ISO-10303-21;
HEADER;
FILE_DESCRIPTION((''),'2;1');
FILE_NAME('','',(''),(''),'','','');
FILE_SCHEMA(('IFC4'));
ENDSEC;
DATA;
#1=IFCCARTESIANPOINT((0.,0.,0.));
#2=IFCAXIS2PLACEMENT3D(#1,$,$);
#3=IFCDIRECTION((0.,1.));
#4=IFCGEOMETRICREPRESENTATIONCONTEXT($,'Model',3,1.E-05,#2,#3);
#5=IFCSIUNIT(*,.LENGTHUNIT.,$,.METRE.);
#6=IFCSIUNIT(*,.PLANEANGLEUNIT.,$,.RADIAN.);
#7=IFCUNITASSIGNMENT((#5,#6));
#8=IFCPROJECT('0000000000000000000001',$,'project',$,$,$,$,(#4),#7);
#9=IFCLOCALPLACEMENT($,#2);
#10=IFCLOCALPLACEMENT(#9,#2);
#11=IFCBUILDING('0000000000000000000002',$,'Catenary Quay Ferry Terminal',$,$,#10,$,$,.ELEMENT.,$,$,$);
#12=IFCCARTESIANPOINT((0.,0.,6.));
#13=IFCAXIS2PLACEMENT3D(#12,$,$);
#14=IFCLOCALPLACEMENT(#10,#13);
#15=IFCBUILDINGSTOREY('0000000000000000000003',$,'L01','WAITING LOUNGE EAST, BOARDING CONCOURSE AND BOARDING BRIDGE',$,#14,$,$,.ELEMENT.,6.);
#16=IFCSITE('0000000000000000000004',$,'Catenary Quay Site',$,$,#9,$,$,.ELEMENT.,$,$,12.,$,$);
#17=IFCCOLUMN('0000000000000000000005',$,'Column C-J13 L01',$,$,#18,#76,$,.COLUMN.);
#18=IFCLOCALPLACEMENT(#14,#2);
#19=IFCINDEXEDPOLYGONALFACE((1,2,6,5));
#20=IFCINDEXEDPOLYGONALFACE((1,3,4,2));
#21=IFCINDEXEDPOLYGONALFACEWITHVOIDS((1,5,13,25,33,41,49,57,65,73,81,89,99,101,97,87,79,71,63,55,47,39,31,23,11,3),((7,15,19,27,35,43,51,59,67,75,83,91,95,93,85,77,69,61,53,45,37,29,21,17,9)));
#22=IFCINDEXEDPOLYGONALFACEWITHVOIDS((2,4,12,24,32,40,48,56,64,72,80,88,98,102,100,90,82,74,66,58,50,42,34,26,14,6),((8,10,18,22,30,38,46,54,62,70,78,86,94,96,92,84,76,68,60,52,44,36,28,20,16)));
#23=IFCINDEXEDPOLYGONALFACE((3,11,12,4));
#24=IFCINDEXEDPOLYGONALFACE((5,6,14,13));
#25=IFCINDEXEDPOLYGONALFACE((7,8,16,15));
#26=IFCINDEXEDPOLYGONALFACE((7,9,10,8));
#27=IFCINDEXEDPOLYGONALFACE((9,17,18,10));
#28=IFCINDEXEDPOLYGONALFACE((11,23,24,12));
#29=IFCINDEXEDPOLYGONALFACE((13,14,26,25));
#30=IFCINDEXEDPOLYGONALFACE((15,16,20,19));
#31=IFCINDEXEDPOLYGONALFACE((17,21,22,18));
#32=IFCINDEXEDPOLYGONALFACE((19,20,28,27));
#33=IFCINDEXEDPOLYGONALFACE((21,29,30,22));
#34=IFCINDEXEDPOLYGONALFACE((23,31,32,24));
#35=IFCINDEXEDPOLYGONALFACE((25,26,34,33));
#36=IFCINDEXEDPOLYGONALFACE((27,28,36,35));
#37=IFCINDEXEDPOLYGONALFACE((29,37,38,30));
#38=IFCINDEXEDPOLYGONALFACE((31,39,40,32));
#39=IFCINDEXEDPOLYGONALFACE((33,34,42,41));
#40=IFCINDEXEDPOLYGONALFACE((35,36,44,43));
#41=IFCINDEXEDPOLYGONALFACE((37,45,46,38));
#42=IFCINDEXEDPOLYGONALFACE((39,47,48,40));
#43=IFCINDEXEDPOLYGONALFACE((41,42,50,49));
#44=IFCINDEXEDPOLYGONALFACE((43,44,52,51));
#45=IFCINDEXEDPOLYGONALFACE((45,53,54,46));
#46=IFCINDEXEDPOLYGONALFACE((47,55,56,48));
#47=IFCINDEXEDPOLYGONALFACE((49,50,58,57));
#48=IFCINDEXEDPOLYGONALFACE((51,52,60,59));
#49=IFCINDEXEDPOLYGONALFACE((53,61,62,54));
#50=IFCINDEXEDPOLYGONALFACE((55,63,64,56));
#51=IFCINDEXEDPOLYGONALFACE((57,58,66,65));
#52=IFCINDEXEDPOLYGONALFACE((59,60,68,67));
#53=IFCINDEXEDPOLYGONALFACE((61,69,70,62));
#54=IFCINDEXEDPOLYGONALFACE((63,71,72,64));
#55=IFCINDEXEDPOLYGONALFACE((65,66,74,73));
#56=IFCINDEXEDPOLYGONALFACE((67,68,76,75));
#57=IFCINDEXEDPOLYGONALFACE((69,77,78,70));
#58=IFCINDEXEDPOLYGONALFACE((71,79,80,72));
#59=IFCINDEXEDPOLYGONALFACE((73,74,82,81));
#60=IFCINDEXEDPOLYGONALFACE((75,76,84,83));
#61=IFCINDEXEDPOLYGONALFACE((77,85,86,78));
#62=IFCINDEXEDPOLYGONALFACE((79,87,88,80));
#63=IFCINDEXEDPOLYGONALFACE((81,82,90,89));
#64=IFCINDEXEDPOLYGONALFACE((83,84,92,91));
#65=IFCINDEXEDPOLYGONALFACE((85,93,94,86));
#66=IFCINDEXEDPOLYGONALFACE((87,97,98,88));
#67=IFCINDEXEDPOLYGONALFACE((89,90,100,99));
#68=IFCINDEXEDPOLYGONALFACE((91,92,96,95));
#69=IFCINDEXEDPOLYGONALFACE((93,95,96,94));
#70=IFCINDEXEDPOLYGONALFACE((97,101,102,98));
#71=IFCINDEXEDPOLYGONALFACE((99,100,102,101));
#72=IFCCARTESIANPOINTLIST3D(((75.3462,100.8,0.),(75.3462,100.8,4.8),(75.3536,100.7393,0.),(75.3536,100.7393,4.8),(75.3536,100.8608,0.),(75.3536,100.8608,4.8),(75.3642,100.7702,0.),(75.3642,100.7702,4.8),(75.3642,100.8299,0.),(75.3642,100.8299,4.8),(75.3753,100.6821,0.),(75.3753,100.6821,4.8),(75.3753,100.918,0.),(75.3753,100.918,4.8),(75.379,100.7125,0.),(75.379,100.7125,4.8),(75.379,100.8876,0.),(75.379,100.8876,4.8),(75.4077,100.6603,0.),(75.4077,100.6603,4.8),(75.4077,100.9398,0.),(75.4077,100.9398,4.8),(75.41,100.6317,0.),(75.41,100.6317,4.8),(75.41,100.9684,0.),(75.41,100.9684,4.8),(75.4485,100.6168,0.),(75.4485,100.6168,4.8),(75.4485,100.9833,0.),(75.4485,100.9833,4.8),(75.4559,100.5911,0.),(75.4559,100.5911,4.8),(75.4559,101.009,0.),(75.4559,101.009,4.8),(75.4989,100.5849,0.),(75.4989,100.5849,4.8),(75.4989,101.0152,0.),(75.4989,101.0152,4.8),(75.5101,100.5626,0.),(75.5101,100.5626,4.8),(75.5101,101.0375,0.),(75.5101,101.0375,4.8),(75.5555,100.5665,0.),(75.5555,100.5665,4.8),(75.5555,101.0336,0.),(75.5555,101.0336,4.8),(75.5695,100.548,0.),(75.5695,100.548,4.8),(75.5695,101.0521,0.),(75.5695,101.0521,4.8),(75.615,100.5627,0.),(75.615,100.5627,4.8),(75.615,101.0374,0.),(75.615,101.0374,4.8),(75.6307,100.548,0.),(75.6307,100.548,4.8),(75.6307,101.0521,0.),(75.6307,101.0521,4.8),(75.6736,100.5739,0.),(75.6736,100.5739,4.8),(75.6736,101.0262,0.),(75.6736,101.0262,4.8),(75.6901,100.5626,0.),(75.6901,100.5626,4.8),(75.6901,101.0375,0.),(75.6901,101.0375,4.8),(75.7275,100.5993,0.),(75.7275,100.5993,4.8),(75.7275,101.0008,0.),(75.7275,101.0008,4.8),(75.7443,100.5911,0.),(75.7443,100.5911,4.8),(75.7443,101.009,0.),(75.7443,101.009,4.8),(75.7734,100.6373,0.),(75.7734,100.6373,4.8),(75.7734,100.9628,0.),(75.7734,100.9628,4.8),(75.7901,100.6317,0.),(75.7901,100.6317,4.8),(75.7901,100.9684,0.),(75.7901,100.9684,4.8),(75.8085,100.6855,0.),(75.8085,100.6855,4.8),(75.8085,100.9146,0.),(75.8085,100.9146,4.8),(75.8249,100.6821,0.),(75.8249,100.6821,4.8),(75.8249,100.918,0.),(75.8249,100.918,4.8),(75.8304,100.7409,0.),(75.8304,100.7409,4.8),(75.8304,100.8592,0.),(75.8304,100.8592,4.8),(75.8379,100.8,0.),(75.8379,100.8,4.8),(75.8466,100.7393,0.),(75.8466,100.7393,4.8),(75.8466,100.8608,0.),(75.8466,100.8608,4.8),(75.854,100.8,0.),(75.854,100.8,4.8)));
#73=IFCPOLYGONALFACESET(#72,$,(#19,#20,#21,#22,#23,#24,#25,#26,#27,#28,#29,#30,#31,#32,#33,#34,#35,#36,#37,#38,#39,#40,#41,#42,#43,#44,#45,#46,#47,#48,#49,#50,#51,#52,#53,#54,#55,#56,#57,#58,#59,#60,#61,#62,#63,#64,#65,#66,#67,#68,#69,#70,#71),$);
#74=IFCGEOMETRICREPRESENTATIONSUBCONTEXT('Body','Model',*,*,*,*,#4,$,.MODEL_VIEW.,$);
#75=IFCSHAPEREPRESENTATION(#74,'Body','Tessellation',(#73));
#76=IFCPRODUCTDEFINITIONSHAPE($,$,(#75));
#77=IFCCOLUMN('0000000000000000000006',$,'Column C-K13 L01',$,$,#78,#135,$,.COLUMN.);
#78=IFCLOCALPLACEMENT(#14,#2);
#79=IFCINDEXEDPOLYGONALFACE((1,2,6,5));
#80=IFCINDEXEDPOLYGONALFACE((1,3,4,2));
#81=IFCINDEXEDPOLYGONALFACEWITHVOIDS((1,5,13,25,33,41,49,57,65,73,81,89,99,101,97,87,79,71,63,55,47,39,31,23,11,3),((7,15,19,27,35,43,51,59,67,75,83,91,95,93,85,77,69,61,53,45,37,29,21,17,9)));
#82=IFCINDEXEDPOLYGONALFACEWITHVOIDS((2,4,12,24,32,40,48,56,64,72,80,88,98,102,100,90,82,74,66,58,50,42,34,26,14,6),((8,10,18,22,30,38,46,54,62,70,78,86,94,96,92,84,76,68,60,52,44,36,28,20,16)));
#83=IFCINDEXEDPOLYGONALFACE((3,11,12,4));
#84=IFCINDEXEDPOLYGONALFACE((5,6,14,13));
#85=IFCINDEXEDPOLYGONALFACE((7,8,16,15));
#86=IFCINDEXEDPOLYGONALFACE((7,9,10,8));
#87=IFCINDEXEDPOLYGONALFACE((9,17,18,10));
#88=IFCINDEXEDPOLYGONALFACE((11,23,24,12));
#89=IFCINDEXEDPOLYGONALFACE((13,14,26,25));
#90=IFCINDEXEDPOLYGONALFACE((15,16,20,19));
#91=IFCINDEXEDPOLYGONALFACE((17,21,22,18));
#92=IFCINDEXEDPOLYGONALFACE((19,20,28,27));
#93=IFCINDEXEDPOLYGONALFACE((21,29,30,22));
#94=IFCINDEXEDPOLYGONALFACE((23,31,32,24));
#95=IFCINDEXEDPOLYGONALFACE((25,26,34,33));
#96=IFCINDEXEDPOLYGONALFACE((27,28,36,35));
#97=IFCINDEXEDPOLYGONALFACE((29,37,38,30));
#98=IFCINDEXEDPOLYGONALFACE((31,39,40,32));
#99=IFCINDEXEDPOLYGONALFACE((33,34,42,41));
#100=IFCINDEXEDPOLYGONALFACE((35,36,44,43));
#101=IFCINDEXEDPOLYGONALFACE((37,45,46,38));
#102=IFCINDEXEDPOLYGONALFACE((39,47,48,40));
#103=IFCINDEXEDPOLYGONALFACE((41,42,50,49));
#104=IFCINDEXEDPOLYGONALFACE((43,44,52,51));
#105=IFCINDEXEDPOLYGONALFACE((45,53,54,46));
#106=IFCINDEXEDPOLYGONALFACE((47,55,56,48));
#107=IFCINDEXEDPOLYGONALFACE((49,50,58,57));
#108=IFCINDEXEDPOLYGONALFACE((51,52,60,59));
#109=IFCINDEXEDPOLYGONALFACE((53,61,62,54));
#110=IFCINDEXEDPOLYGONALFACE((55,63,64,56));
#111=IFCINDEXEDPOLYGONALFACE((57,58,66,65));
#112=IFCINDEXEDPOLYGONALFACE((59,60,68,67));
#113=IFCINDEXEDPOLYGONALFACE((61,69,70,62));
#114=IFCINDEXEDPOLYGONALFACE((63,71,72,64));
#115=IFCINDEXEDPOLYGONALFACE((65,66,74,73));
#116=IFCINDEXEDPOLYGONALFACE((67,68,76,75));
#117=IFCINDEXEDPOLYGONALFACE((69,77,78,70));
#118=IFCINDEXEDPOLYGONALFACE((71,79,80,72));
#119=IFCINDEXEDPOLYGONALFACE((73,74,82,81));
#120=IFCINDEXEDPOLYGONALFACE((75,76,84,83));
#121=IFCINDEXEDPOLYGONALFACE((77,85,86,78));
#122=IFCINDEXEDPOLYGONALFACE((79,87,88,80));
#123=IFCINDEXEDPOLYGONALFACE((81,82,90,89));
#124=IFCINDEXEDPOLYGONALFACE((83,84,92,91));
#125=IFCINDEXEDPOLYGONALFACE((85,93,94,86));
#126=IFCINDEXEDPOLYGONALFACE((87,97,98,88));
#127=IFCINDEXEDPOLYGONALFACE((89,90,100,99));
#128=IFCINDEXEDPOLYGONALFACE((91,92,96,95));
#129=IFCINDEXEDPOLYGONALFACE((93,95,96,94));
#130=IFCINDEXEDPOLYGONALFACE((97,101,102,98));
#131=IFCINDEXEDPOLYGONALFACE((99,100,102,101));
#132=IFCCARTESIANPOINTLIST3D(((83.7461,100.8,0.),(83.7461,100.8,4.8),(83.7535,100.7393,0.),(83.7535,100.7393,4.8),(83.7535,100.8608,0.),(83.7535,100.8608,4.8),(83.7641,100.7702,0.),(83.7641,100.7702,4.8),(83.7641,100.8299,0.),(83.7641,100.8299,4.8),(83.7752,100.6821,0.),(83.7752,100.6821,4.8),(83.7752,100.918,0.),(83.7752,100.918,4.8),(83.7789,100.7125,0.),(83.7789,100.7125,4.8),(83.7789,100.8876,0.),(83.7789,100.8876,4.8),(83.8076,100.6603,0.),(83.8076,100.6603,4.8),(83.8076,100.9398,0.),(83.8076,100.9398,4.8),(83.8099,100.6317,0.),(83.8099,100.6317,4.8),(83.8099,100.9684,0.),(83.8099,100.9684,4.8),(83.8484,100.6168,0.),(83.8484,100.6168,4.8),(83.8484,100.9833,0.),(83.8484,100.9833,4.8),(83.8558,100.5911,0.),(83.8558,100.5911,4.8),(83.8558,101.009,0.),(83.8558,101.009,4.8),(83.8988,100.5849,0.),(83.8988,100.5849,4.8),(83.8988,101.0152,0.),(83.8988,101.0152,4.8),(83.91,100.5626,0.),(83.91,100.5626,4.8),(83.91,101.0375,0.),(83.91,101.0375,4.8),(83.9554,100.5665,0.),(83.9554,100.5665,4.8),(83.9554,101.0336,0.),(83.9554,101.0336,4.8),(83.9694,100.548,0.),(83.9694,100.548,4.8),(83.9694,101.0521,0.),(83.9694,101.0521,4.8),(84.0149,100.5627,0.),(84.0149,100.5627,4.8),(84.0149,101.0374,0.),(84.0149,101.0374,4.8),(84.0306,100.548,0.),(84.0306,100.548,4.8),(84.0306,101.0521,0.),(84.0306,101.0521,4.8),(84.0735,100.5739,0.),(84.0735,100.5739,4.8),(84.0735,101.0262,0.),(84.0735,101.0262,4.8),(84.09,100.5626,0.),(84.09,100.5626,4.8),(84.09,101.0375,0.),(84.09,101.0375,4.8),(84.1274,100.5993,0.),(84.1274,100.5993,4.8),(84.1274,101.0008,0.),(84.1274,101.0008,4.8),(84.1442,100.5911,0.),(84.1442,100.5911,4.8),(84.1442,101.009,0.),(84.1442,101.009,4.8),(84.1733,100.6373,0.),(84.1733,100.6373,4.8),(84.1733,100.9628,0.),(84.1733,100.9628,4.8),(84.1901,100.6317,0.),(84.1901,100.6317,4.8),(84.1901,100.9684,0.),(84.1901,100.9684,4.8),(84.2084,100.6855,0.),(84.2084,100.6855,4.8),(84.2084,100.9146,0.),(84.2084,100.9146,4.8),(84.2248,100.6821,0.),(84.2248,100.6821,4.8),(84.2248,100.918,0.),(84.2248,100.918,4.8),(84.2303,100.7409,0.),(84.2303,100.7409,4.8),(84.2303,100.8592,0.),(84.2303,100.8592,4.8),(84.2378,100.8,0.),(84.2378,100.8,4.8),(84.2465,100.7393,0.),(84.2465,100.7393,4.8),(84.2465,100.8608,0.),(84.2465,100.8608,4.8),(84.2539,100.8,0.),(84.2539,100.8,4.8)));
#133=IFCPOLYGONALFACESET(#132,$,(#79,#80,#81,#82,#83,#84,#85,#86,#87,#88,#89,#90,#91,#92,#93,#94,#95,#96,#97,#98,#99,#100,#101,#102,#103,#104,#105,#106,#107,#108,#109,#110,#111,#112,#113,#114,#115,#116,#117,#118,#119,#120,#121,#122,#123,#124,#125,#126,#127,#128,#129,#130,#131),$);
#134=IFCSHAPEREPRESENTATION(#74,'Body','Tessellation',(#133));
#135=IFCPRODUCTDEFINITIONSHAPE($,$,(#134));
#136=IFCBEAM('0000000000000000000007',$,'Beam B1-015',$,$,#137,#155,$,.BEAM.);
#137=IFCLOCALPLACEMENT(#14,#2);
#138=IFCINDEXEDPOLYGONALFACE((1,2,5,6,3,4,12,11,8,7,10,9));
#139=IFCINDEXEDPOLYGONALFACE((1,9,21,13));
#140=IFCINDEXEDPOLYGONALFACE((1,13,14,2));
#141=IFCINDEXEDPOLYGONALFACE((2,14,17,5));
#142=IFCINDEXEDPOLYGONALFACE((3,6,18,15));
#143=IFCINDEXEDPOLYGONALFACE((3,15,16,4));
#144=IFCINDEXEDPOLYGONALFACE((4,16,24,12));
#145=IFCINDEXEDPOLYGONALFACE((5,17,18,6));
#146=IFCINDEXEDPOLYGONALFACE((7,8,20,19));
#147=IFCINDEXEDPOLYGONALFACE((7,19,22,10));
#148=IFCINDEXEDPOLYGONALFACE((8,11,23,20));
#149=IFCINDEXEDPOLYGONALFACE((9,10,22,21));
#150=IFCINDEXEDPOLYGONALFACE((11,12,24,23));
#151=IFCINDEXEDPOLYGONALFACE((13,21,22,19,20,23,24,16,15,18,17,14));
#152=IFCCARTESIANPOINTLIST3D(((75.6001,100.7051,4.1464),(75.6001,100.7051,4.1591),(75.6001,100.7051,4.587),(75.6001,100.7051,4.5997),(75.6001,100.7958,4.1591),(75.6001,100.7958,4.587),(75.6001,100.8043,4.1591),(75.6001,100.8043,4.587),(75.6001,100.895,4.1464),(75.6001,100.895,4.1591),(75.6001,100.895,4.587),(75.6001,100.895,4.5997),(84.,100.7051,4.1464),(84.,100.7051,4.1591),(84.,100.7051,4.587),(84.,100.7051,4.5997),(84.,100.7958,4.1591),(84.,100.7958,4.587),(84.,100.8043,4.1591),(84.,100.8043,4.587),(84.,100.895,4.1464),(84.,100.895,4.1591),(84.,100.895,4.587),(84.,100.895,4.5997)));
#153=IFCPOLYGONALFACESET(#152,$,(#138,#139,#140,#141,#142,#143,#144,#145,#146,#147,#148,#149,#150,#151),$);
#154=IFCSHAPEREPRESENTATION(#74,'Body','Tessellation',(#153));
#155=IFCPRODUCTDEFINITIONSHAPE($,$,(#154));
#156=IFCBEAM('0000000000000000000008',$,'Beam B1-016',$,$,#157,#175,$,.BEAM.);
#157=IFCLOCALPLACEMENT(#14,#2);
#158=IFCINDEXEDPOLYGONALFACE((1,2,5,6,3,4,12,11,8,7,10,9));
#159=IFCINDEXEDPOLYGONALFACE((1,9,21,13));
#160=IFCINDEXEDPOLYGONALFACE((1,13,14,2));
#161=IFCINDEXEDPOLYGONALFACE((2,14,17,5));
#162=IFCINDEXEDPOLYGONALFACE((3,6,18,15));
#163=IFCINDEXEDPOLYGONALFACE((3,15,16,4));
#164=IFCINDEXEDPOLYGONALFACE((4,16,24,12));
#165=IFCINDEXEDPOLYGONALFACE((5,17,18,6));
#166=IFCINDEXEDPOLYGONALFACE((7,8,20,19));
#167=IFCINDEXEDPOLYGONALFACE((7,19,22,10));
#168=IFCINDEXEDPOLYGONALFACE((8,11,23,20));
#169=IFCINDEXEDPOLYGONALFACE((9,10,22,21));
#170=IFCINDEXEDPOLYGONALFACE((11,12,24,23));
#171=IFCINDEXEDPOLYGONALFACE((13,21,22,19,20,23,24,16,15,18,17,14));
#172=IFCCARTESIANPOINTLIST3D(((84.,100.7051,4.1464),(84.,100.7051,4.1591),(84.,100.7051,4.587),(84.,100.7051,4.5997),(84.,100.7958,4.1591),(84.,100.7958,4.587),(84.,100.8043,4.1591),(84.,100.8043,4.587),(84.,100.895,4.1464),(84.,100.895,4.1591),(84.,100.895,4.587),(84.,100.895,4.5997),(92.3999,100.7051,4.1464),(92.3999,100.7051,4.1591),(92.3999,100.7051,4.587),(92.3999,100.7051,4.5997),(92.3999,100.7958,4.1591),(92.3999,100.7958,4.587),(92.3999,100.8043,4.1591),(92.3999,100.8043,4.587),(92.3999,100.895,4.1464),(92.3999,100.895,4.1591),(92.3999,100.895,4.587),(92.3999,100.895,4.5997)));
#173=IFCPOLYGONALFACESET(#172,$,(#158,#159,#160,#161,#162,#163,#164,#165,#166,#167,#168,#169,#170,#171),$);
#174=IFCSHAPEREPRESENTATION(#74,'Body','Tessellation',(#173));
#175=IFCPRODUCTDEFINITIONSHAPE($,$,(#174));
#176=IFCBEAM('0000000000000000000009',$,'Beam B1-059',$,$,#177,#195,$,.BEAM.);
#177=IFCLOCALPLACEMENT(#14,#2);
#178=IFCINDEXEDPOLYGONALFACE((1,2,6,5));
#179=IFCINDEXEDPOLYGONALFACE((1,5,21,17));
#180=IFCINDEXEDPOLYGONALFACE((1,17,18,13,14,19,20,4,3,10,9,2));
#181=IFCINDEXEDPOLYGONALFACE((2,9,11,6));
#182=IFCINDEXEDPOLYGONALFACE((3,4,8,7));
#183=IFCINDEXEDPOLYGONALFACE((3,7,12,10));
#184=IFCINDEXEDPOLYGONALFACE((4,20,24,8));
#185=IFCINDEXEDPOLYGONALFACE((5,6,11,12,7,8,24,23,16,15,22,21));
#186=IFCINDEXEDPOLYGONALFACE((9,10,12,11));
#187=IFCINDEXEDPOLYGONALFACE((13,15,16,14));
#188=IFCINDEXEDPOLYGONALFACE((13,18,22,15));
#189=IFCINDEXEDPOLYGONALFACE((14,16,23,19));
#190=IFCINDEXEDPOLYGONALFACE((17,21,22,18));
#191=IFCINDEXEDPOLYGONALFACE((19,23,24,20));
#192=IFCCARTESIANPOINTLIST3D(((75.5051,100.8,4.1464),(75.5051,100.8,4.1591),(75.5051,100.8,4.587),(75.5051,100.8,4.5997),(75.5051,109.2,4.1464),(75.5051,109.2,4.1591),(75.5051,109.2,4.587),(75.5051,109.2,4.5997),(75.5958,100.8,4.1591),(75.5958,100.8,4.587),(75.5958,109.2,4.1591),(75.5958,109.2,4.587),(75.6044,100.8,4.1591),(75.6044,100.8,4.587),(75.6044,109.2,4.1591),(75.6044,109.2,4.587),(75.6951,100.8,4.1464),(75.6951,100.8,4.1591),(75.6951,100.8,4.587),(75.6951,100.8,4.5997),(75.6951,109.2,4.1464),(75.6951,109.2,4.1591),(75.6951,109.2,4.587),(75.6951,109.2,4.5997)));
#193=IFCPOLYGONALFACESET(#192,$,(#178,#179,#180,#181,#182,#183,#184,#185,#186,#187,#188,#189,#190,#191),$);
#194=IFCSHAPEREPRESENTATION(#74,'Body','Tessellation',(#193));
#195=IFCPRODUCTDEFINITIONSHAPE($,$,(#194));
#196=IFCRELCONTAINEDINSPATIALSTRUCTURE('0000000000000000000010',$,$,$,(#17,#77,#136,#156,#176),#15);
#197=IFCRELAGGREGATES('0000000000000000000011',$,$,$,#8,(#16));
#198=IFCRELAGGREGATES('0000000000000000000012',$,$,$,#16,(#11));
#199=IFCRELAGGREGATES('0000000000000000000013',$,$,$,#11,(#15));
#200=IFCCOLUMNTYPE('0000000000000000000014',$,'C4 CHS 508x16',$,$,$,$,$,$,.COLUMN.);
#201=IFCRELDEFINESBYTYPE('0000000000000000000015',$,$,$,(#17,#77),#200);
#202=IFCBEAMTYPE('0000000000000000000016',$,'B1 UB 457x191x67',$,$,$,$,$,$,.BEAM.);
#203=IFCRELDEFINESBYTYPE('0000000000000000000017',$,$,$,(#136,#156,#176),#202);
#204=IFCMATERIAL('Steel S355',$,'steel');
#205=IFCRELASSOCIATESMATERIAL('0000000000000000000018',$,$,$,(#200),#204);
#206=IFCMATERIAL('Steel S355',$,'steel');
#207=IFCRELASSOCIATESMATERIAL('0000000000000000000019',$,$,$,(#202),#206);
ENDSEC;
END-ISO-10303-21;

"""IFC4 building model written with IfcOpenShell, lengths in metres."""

from ifc_helpers import new_model, si_unit, direction, frame, origin, origin_2d, place, context, subcontext, project, spatial, hollow_circle, i_section, extrude, material, material_profile, profile_set, type_object, element, save


model = new_model("IFC4")

# Units and contexts
model_context = context("Model", 3, precision=1e-05, world=origin(), true_north=direction((0.0, 1.0)))
body_context = subcontext(model_context, "Body", "Model", "MODEL_VIEW")
ifc_project = project(units=[si_unit("LENGTHUNIT", "METRE"), si_unit("PLANEANGLEUNIT", "RADIAN")], contexts=[model_context])

# Site, building, storey
site_placement = place(None, origin())
site = spatial("IfcSite", under=ifc_project, at=site_placement, Name="Catenary Quay Site", CompositionType="ELEMENT", RefElevation=12.0)
building_placement = place(site_placement, origin())
building = spatial("IfcBuilding", under=site, at=building_placement, Name="Catenary Quay Ferry Terminal", CompositionType="ELEMENT")
storey_placement = place(building_placement, frame((0.0, 0.0, 6.0)))
storey = spatial("IfcBuildingStorey", under=building, at=storey_placement, Name="L01", Description="WAITING LOUNGE EAST, BOARDING CONCOURSE AND BOARDING BRIDGE", CompositionType="ELEMENT", Elevation=6.0)

# Columns
ifc_material_1 = material(Name="Steel S355", Category="steel")
ifc_material_profile_1 = material_profile(ifc_material_1, hollow_circle(Radius=0.2539, WallThickness=0.0161, at=origin_2d()), Name="CHS 508x16")
ifc_profile_set_1 = profile_set([ifc_material_profile_1], Name="Steel S355")
column_type = type_object("IfcColumnType", Name="C4 CHS 508x16", PredefinedType="COLUMN", material=ifc_profile_set_1)
for number, where, z_axis, x_axis, name in (
    (1, (75.6001, 100.8, 0.0), (0.0, 0.0, 1.0), (1.0, 0.0, 0.0), "Column C-J13 L01"),
    (2, (84.0, 100.8, 0.0), (0.0, 0.0, 1.0), (1.0, 0.0, 0.0), "Column C-K13 L01"),
):
    element("IfcColumn", number, at=place(storey_placement, frame(where, z_axis=z_axis, x_axis=x_axis)), inside=storey, type_object=column_type, Name=name, PredefinedType="COLUMN", context=body_context, shape_type="SweptSolid", body=[
        extrude(hollow_circle(Radius=0.2539, WallThickness=0.0161, at=origin_2d()), origin(), (0.0, 0.0, 1.0), 4.8),
    ])

# Beams
ifc_material_2 = material(Name="Steel S355", Category="steel")
ifc_material_profile_2 = material_profile(ifc_material_2, i_section(OverallWidth=0.1899, OverallDepth=0.4534, WebThickness=0.0085, FlangeThickness=0.0127, at=origin_2d()), Name="UB 457x191x67")
ifc_profile_set_2 = profile_set([ifc_material_profile_2], Name="Steel S355")
beam_type_1 = type_object("IfcBeamType", Name="B1 UB 457x191x67", PredefinedType="BEAM", material=ifc_profile_set_2)
for number, where, z_axis, x_axis, name in (
    (3, (75.6001, 100.8, 4.373), (1.0, 0.0, 0.0), (0.0, 1.0, 0.0), "Beam B1-015"),
    (4, (84.0, 100.8, 4.373), (1.0, 0.0, 0.0), (0.0, 1.0, 0.0), "Beam B1-016"),
    (5, (75.6001, 100.8, 4.373), (0.0, 1.0, 0.0), (-1.0, 0.0, 0.0), "Beam B1-059"),
):
    element("IfcBeam", number, at=place(storey_placement, frame(where, z_axis=z_axis, x_axis=x_axis)), inside=storey, type_object=beam_type_1, Name=name, PredefinedType="BEAM", context=body_context, shape_type="SweptSolid", body=[
        extrude(i_section(OverallWidth=0.1899, OverallDepth=0.4534, WebThickness=0.0085, FlangeThickness=0.0127, at=origin_2d()), origin(), (0.0, 0.0, 1.0), 8.3999),
    ])

save(model, "model.ifc")
